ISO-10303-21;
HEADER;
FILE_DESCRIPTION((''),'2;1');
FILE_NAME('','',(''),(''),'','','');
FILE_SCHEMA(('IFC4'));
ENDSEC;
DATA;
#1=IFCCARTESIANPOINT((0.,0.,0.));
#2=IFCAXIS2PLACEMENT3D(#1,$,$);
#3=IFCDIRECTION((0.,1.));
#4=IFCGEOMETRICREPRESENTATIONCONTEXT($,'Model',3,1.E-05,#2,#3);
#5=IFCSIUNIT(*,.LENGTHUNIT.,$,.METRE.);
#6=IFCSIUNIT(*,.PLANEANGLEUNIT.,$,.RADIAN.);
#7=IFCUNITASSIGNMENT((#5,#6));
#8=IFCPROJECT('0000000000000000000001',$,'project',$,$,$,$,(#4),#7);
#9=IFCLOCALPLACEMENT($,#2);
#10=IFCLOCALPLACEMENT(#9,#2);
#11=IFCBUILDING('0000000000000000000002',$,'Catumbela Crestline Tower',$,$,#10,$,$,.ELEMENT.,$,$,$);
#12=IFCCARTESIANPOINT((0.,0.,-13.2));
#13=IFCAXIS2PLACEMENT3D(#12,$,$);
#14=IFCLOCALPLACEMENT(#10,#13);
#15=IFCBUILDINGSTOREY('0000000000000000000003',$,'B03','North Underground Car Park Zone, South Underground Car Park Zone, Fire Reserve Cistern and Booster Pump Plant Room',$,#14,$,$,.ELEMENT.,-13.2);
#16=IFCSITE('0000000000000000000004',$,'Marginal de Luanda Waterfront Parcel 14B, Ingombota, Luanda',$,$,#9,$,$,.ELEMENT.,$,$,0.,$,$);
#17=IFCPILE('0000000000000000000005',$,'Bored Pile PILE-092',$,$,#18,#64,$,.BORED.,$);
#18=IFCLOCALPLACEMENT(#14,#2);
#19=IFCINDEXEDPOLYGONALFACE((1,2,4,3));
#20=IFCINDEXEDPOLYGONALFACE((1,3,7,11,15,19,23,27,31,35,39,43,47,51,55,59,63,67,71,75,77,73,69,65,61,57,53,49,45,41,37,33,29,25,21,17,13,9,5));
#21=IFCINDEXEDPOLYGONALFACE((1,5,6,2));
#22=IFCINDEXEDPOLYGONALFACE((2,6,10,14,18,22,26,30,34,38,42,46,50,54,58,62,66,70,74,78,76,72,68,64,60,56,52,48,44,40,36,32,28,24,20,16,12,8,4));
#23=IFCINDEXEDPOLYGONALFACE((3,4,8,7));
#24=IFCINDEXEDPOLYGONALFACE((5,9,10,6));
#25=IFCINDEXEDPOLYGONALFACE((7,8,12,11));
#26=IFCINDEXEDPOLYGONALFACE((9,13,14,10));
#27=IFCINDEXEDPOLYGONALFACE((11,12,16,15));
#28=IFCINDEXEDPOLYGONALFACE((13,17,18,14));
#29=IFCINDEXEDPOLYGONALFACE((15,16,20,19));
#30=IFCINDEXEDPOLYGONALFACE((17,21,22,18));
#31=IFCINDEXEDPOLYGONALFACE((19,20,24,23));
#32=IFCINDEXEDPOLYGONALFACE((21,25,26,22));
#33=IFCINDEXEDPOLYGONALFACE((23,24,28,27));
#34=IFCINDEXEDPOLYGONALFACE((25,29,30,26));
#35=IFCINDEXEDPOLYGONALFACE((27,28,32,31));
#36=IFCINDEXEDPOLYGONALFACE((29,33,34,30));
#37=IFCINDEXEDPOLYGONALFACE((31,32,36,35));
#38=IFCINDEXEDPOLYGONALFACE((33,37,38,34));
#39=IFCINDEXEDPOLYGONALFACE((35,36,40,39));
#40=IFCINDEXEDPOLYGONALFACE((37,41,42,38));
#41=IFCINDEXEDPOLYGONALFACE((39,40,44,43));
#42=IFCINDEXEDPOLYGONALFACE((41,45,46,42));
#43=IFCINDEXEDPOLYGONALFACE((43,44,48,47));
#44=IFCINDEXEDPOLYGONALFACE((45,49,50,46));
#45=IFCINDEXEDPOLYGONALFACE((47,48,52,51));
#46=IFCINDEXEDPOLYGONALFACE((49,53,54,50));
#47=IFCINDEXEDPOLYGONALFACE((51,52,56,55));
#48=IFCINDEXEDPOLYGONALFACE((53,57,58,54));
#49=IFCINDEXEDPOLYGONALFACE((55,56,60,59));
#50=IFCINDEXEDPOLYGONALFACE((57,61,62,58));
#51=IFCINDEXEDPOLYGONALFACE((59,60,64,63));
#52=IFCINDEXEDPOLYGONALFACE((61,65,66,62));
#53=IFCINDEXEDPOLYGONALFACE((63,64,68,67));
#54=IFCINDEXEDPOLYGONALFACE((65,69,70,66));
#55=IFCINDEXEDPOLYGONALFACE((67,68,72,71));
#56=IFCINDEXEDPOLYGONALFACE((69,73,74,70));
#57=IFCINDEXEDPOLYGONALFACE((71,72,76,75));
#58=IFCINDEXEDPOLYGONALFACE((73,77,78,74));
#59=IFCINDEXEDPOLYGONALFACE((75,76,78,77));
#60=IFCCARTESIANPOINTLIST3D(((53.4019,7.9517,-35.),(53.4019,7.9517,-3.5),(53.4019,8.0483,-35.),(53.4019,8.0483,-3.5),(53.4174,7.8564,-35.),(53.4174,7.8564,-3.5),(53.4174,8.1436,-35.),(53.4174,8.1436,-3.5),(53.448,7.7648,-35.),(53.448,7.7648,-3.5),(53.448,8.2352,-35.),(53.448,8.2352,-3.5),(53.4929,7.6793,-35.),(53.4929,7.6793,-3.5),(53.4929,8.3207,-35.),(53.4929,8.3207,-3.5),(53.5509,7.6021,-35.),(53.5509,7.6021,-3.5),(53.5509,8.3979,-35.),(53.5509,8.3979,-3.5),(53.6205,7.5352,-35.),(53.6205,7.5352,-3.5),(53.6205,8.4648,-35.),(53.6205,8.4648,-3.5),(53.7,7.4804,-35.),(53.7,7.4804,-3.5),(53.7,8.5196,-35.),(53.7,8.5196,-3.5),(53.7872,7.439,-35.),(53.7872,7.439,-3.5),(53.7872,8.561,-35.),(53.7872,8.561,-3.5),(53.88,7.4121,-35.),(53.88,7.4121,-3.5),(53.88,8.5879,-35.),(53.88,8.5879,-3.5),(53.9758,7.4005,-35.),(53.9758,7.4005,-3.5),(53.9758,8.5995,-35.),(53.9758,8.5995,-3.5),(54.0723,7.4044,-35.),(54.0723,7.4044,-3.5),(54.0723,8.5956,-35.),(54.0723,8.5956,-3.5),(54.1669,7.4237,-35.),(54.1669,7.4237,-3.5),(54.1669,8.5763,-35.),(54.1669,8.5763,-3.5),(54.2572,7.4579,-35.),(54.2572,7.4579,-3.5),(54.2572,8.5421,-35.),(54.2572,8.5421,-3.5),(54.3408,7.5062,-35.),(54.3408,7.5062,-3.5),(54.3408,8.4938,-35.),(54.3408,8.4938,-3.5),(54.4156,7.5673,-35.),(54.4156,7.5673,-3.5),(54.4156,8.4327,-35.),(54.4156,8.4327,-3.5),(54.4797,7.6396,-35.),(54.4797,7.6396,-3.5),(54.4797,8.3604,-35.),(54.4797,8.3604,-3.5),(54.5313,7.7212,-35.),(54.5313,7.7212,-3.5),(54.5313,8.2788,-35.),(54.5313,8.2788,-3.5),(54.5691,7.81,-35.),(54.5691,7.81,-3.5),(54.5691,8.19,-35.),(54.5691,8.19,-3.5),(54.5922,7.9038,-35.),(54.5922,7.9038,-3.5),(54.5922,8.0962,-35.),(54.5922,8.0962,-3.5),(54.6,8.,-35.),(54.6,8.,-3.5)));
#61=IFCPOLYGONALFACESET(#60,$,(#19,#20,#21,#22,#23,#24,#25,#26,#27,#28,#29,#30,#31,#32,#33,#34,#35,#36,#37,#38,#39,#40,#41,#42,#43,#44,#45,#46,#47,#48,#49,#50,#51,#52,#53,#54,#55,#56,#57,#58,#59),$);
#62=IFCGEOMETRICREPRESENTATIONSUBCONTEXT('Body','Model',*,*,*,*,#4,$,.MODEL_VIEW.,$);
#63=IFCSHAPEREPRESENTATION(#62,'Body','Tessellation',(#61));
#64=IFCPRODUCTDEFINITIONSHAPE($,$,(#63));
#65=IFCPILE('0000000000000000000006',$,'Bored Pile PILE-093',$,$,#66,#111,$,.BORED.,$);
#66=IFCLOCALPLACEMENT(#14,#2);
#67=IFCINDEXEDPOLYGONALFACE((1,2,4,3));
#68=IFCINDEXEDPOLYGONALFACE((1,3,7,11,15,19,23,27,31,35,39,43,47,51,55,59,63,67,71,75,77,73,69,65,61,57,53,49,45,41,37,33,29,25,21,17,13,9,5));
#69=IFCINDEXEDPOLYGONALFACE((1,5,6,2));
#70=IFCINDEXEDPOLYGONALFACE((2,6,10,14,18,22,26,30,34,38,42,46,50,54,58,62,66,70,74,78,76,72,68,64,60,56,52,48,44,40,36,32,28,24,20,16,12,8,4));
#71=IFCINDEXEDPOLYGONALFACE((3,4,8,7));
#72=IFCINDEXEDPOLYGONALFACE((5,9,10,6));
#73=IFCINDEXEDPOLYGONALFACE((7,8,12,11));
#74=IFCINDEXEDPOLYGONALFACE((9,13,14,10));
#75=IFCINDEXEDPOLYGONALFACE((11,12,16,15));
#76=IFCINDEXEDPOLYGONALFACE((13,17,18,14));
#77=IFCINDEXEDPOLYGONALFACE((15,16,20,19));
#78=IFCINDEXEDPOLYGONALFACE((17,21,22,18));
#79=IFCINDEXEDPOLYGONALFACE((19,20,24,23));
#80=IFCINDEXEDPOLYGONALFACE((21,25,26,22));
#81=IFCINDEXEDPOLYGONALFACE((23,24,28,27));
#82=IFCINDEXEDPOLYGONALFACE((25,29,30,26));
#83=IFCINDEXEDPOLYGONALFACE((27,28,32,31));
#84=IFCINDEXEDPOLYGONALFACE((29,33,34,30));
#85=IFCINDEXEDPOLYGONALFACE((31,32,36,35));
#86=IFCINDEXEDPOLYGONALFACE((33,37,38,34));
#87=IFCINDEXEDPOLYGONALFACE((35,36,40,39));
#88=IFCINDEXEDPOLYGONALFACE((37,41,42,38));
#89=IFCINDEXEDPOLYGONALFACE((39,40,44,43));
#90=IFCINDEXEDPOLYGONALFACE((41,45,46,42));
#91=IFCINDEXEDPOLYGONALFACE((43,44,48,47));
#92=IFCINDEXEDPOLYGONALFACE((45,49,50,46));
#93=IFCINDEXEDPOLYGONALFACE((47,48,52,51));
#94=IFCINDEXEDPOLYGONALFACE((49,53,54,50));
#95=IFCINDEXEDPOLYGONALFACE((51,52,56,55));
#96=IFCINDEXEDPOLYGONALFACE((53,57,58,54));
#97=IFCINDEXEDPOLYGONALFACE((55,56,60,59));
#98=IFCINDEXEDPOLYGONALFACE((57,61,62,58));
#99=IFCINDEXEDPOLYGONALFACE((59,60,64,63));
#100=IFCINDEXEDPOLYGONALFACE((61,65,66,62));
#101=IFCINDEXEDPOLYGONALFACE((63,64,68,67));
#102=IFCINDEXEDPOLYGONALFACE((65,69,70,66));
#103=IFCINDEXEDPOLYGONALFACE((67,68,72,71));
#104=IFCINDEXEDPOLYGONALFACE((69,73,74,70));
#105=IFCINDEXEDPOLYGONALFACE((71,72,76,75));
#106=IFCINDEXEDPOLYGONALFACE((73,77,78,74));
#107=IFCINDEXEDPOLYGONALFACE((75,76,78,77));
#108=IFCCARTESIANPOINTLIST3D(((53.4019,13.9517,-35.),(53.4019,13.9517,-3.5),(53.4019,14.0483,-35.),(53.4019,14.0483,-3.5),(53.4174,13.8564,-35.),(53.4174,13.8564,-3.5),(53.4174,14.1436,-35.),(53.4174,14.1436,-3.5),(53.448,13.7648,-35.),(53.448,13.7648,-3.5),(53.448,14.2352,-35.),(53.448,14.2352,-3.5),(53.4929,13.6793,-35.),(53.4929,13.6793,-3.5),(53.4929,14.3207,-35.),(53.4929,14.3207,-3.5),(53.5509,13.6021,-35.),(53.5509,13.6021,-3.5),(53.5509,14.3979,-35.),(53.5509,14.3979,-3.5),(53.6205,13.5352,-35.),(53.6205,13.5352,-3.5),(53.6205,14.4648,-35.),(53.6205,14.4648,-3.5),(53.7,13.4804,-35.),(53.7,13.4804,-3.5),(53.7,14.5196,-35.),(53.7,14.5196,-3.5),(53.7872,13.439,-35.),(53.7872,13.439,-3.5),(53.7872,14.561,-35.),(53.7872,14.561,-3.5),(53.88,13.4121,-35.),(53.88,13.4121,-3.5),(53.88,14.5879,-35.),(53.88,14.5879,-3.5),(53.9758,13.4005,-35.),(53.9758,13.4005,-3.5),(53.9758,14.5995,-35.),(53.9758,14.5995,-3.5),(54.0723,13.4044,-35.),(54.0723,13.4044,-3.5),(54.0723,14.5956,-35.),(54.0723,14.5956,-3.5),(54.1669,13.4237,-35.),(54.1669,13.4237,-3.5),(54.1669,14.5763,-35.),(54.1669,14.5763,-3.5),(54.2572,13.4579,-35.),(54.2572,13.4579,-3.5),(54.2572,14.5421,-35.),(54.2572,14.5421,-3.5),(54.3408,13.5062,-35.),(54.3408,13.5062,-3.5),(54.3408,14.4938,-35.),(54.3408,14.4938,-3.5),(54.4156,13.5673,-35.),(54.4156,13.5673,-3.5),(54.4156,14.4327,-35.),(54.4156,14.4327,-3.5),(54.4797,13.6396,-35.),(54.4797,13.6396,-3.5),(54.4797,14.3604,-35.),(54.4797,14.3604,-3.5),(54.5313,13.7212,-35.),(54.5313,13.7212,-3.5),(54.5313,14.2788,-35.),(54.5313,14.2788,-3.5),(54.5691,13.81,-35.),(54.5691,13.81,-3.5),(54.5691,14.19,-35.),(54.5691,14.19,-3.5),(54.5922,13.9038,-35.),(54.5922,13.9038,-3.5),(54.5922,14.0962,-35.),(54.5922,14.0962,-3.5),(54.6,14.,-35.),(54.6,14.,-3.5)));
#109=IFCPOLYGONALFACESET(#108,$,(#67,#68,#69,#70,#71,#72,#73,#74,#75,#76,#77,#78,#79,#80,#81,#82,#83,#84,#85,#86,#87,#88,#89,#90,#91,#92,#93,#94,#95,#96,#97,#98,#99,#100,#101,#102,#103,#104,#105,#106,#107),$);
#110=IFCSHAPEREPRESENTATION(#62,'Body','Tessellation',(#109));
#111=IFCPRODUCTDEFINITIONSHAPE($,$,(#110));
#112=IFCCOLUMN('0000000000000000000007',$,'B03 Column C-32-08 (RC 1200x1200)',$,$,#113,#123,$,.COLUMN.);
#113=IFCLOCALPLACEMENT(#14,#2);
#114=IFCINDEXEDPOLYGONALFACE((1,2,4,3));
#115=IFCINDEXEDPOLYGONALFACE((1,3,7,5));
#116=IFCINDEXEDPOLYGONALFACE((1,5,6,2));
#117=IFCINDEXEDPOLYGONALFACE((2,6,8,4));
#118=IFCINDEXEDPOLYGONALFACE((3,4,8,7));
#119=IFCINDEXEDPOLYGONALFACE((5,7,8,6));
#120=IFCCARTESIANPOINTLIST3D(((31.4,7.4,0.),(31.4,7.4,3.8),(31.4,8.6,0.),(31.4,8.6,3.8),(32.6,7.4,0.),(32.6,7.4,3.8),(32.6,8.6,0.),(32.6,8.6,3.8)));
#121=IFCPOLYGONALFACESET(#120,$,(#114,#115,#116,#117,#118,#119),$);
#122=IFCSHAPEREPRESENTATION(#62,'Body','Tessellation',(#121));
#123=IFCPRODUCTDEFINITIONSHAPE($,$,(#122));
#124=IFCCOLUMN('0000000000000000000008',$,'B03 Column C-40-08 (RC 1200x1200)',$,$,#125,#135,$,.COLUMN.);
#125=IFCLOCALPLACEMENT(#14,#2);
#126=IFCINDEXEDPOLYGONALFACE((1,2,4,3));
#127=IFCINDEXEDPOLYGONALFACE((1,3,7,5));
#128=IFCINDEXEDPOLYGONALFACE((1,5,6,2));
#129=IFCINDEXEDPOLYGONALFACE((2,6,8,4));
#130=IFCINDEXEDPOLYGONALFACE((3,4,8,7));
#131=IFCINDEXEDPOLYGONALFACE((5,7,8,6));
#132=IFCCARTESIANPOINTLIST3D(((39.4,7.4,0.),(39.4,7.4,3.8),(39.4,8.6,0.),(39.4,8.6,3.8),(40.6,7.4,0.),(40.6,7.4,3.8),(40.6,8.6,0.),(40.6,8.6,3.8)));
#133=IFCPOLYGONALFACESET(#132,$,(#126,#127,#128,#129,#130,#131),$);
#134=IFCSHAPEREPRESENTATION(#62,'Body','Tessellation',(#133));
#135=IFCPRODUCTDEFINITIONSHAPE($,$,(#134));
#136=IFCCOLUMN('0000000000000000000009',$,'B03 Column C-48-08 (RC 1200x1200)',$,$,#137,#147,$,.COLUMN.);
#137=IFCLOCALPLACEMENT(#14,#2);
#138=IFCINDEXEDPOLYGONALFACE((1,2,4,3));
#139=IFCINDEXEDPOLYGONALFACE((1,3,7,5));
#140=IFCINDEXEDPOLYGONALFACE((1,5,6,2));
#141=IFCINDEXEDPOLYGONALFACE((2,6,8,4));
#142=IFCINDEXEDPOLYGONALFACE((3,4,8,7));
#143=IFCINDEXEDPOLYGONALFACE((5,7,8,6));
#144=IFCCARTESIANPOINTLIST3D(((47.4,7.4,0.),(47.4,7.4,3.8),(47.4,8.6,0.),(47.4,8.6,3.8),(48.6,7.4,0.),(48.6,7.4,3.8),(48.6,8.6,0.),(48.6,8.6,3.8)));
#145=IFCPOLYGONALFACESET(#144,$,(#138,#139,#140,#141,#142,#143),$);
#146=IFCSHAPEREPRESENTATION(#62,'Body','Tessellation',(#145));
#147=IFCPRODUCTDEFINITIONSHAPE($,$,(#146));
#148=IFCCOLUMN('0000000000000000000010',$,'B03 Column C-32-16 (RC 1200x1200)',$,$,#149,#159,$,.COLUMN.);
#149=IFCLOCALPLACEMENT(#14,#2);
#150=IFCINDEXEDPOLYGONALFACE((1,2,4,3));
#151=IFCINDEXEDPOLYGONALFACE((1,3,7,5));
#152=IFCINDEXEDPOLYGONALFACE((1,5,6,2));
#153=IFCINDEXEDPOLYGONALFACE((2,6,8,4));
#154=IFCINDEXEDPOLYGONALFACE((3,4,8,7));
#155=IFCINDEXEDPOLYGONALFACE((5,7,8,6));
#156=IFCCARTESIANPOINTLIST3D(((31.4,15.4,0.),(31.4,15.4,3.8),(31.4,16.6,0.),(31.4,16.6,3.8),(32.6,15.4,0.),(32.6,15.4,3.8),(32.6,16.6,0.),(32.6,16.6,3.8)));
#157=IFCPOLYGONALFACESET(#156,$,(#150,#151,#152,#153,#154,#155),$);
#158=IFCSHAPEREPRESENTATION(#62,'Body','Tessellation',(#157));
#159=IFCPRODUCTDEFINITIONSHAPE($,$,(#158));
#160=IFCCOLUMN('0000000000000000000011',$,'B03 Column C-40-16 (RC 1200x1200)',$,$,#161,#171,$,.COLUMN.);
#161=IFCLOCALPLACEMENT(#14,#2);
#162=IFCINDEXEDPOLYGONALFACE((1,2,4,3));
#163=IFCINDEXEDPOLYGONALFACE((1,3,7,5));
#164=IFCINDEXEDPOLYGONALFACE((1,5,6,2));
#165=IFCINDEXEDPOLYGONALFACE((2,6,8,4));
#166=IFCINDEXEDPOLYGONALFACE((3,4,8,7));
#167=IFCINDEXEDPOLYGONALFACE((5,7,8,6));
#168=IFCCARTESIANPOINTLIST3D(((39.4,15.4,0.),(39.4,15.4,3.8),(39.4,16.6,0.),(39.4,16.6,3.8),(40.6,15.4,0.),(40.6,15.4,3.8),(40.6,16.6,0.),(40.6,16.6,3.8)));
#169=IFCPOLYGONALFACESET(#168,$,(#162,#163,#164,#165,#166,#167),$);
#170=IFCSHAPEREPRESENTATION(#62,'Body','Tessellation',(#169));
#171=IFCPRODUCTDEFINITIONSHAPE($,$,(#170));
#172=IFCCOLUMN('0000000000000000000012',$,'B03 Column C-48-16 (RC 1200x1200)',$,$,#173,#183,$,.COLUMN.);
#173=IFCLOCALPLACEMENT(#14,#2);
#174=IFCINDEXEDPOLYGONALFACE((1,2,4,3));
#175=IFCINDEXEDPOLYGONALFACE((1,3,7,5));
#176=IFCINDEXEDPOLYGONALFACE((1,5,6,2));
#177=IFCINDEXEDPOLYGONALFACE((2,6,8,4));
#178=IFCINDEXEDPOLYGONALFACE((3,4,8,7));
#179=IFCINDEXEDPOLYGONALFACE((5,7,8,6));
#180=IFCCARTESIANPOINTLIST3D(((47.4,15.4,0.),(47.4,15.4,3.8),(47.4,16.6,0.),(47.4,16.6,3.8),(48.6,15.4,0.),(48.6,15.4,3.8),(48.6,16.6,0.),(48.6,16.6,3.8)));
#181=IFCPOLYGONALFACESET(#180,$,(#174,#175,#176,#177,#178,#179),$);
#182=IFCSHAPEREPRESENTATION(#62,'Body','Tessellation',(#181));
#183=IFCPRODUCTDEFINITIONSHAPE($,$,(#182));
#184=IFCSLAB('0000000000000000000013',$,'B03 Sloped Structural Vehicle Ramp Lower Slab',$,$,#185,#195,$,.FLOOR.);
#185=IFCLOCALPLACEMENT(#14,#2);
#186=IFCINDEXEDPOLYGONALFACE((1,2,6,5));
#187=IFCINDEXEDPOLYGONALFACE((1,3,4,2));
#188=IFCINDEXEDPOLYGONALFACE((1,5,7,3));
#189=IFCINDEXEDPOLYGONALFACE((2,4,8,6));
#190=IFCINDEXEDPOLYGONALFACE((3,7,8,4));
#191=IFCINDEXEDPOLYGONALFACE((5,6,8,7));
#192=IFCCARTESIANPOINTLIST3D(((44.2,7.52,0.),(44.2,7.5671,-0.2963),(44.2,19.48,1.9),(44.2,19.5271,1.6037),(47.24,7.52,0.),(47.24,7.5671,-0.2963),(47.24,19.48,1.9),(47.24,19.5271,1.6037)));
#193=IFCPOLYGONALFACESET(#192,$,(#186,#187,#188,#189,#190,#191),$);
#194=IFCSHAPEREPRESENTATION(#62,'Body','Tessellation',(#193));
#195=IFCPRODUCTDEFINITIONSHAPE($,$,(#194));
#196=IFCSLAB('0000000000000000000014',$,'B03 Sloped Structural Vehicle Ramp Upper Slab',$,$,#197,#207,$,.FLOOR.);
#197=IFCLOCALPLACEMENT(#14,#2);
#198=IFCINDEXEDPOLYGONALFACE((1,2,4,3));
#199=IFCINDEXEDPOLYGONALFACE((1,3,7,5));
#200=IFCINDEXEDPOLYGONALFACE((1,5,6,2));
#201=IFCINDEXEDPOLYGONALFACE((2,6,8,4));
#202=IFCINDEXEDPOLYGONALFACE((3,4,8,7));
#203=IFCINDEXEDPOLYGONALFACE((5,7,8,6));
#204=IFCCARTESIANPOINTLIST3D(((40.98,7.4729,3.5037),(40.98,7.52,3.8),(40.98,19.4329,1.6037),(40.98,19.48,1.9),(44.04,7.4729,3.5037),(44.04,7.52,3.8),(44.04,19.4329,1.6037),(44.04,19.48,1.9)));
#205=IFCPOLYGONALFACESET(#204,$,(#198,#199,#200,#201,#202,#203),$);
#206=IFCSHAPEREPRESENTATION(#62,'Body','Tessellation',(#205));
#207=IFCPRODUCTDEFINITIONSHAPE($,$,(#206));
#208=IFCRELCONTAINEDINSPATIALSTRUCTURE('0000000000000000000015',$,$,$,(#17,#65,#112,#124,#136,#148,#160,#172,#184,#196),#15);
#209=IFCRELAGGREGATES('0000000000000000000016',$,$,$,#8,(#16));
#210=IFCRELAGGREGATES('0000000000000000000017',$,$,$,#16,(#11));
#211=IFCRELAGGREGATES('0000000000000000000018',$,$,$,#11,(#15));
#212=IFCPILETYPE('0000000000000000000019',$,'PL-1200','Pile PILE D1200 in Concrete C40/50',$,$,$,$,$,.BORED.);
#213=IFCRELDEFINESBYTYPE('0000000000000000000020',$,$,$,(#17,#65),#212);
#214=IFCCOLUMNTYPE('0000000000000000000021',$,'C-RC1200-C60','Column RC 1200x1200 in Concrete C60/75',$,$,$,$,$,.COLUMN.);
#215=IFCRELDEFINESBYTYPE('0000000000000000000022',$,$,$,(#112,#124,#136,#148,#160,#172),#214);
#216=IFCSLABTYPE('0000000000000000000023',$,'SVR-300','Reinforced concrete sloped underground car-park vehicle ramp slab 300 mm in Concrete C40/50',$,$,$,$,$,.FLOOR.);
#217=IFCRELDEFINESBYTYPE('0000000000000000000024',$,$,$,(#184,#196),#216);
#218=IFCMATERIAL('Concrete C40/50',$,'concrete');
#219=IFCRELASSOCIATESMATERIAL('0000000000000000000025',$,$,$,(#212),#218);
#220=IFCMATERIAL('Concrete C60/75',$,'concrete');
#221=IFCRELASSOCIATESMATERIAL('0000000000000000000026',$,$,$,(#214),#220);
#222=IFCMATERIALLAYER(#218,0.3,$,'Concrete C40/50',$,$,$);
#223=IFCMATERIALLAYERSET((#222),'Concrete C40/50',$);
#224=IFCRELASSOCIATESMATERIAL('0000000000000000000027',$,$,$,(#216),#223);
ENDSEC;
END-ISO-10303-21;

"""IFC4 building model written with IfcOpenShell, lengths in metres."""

from ifc_helpers import new_model, si_unit, direction, frame, origin, origin_2d, place, context, subcontext, project, spatial, polyline, rectangle, circle, outline, extrude, material, layer, layer_set, material_profile, profile_set, type_object, element, save


model = new_model("IFC4")

# Units and contexts
model_context = context("Model", 3, precision=1e-05, world=origin(), true_north=direction((0.0, 1.0)))
body_context = subcontext(model_context, "Body", "Model", "MODEL_VIEW")
ifc_project = project(units=[si_unit("LENGTHUNIT", "METRE"), si_unit("PLANEANGLEUNIT", "RADIAN")], contexts=[model_context])

# Site, building, storey
site_placement = place(None, origin())
site = spatial("IfcSite", under=ifc_project, at=site_placement, Name="Marginal de Luanda Waterfront Parcel 14B, Ingombota, Luanda", CompositionType="ELEMENT", RefElevation=0.0)
building_placement = place(site_placement, origin())
building = spatial("IfcBuilding", under=site, at=building_placement, Name="Catumbela Crestline Tower", CompositionType="ELEMENT")
storey_placement = place(building_placement, frame((0.0, 0.0, -13.2)))
storey = spatial("IfcBuildingStorey", under=building, at=storey_placement, Name="B03", Description="North Underground Car Park Zone, South Underground Car Park Zone, Fire Reserve Cistern and Booster Pump Plant Room", CompositionType="ELEMENT", Elevation=-13.2)

# Piles
ifc_material_1 = material(Name="Concrete C40/50", Category="concrete")
ifc_material_profile_1 = material_profile(ifc_material_1, circle(Radius=0.6, at=origin_2d()), Name="PILE D1200")
ifc_profile_set_1 = profile_set([ifc_material_profile_1], Name="Concrete C40/50")
pile_type = type_object("IfcPileType", Name="PL-1200", Description="Pile PILE D1200 in Concrete C40/50", PredefinedType="BORED", material=ifc_profile_set_1)
for number, where, z_axis, x_axis, name in (
    (1, (54.0, 8.0, -3.5), (0.0, 0.0, -1.0), (1.0, 0.0, 0.0), "Bored Pile PILE-092"),
    (2, (54.0, 14.0, -3.5), (0.0, 0.0, -1.0), (1.0, 0.0, 0.0), "Bored Pile PILE-093"),
):
    element("IfcPile", number, at=place(storey_placement, frame(where, z_axis=z_axis, x_axis=x_axis)), inside=storey, type_object=pile_type, Name=name, PredefinedType="BORED", context=body_context, shape_type="SweptSolid", body=[
        extrude(circle(Radius=0.6, at=origin_2d()), origin(), (0.0, 0.0, 1.0), 31.5),
    ])

# Columns
ifc_material_2 = material(Name="Concrete C60/75", Category="concrete")
ifc_material_profile_2 = material_profile(ifc_material_2, rectangle(XDim=1.2, YDim=1.2, at=origin_2d()), Name="RC 1200x1200")
ifc_profile_set_2 = profile_set([ifc_material_profile_2], Name="Concrete C60/75")
column_type = type_object("IfcColumnType", Name="C-RC1200-C60", Description="Column RC 1200x1200 in Concrete C60/75", PredefinedType="COLUMN", material=ifc_profile_set_2)
for number, where, z_axis, x_axis, name in (
    (3, (32.0, 8.0, 0.0), (0.0, 0.0, 1.0), (1.0, 0.0, 0.0), "B03 Column C-32-08 (RC 1200x1200)"),
    (4, (40.0, 8.0, 0.0), (0.0, 0.0, 1.0), (1.0, 0.0, 0.0), "B03 Column C-40-08 (RC 1200x1200)"),
    (5, (48.0, 8.0, 0.0), (0.0, 0.0, 1.0), (1.0, 0.0, 0.0), "B03 Column C-48-08 (RC 1200x1200)"),
    (6, (32.0, 16.0, 0.0), (0.0, 0.0, 1.0), (1.0, 0.0, 0.0), "B03 Column C-32-16 (RC 1200x1200)"),
    (7, (40.0, 16.0, 0.0), (0.0, 0.0, 1.0), (1.0, 0.0, 0.0), "B03 Column C-40-16 (RC 1200x1200)"),
    (8, (48.0, 16.0, 0.0), (0.0, 0.0, 1.0), (1.0, 0.0, 0.0), "B03 Column C-48-16 (RC 1200x1200)"),
):
    element("IfcColumn", number, at=place(storey_placement, frame(where, z_axis=z_axis, x_axis=x_axis)), inside=storey, type_object=column_type, Name=name, PredefinedType="COLUMN", context=body_context, shape_type="SweptSolid", body=[
        extrude(rectangle(XDim=1.2, YDim=1.2, at=origin_2d()), origin(), (0.0, 0.0, 1.0), 3.8),
    ])

# Slabs
ifc_layer_1 = layer(ifc_material_1, 0.3, Name="Concrete C40/50")
ifc_layer_set_1 = layer_set([ifc_layer_1], Name="Concrete C40/50")
slab_type = type_object("IfcSlabType", Name="SVR-300", Description="Reinforced concrete sloped underground car-park vehicle ramp slab 300 mm in Concrete C40/50", PredefinedType="FLOOR", material=ifc_layer_set_1)
slab_1_placement = place(storey_placement, frame((44.2, 7.52, 0.0), z_axis=(0.0, -0.156895, 0.987615), x_axis=(1.0, 0.0, 0.0)))
element("IfcSlab", 9, at=slab_1_placement, inside=storey, type_object=slab_type, Name="B03 Sloped Structural Vehicle Ramp Lower Slab", PredefinedType="FLOOR", context=body_context, shape_type="SweptSolid", body=[
    extrude(outline(polyline([(0.0, 0.0), (3.04, 0.0), (3.04, 12.11), (0.0, 12.11), (0.0, 0.0)])), origin(), (0.0, 0.0, -1.0), 0.3),
])
slab_2_placement = place(storey_placement, frame((40.98, 7.52, 3.8), z_axis=(0.0, 0.156895, 0.987615), x_axis=(1.0, 0.0, 0.0)))
element("IfcSlab", 10, at=slab_2_placement, inside=storey, type_object=slab_type, Name="B03 Sloped Structural Vehicle Ramp Upper Slab", PredefinedType="FLOOR", context=body_context, shape_type="SweptSolid", body=[
    extrude(outline(polyline([(0.0, 0.0), (3.06, 0.0), (3.06, 12.11), (0.0, 12.11), (0.0, 0.0)])), origin(), (0.0, 0.0, -1.0), 0.3),
])

save(model, "model.ifc")
